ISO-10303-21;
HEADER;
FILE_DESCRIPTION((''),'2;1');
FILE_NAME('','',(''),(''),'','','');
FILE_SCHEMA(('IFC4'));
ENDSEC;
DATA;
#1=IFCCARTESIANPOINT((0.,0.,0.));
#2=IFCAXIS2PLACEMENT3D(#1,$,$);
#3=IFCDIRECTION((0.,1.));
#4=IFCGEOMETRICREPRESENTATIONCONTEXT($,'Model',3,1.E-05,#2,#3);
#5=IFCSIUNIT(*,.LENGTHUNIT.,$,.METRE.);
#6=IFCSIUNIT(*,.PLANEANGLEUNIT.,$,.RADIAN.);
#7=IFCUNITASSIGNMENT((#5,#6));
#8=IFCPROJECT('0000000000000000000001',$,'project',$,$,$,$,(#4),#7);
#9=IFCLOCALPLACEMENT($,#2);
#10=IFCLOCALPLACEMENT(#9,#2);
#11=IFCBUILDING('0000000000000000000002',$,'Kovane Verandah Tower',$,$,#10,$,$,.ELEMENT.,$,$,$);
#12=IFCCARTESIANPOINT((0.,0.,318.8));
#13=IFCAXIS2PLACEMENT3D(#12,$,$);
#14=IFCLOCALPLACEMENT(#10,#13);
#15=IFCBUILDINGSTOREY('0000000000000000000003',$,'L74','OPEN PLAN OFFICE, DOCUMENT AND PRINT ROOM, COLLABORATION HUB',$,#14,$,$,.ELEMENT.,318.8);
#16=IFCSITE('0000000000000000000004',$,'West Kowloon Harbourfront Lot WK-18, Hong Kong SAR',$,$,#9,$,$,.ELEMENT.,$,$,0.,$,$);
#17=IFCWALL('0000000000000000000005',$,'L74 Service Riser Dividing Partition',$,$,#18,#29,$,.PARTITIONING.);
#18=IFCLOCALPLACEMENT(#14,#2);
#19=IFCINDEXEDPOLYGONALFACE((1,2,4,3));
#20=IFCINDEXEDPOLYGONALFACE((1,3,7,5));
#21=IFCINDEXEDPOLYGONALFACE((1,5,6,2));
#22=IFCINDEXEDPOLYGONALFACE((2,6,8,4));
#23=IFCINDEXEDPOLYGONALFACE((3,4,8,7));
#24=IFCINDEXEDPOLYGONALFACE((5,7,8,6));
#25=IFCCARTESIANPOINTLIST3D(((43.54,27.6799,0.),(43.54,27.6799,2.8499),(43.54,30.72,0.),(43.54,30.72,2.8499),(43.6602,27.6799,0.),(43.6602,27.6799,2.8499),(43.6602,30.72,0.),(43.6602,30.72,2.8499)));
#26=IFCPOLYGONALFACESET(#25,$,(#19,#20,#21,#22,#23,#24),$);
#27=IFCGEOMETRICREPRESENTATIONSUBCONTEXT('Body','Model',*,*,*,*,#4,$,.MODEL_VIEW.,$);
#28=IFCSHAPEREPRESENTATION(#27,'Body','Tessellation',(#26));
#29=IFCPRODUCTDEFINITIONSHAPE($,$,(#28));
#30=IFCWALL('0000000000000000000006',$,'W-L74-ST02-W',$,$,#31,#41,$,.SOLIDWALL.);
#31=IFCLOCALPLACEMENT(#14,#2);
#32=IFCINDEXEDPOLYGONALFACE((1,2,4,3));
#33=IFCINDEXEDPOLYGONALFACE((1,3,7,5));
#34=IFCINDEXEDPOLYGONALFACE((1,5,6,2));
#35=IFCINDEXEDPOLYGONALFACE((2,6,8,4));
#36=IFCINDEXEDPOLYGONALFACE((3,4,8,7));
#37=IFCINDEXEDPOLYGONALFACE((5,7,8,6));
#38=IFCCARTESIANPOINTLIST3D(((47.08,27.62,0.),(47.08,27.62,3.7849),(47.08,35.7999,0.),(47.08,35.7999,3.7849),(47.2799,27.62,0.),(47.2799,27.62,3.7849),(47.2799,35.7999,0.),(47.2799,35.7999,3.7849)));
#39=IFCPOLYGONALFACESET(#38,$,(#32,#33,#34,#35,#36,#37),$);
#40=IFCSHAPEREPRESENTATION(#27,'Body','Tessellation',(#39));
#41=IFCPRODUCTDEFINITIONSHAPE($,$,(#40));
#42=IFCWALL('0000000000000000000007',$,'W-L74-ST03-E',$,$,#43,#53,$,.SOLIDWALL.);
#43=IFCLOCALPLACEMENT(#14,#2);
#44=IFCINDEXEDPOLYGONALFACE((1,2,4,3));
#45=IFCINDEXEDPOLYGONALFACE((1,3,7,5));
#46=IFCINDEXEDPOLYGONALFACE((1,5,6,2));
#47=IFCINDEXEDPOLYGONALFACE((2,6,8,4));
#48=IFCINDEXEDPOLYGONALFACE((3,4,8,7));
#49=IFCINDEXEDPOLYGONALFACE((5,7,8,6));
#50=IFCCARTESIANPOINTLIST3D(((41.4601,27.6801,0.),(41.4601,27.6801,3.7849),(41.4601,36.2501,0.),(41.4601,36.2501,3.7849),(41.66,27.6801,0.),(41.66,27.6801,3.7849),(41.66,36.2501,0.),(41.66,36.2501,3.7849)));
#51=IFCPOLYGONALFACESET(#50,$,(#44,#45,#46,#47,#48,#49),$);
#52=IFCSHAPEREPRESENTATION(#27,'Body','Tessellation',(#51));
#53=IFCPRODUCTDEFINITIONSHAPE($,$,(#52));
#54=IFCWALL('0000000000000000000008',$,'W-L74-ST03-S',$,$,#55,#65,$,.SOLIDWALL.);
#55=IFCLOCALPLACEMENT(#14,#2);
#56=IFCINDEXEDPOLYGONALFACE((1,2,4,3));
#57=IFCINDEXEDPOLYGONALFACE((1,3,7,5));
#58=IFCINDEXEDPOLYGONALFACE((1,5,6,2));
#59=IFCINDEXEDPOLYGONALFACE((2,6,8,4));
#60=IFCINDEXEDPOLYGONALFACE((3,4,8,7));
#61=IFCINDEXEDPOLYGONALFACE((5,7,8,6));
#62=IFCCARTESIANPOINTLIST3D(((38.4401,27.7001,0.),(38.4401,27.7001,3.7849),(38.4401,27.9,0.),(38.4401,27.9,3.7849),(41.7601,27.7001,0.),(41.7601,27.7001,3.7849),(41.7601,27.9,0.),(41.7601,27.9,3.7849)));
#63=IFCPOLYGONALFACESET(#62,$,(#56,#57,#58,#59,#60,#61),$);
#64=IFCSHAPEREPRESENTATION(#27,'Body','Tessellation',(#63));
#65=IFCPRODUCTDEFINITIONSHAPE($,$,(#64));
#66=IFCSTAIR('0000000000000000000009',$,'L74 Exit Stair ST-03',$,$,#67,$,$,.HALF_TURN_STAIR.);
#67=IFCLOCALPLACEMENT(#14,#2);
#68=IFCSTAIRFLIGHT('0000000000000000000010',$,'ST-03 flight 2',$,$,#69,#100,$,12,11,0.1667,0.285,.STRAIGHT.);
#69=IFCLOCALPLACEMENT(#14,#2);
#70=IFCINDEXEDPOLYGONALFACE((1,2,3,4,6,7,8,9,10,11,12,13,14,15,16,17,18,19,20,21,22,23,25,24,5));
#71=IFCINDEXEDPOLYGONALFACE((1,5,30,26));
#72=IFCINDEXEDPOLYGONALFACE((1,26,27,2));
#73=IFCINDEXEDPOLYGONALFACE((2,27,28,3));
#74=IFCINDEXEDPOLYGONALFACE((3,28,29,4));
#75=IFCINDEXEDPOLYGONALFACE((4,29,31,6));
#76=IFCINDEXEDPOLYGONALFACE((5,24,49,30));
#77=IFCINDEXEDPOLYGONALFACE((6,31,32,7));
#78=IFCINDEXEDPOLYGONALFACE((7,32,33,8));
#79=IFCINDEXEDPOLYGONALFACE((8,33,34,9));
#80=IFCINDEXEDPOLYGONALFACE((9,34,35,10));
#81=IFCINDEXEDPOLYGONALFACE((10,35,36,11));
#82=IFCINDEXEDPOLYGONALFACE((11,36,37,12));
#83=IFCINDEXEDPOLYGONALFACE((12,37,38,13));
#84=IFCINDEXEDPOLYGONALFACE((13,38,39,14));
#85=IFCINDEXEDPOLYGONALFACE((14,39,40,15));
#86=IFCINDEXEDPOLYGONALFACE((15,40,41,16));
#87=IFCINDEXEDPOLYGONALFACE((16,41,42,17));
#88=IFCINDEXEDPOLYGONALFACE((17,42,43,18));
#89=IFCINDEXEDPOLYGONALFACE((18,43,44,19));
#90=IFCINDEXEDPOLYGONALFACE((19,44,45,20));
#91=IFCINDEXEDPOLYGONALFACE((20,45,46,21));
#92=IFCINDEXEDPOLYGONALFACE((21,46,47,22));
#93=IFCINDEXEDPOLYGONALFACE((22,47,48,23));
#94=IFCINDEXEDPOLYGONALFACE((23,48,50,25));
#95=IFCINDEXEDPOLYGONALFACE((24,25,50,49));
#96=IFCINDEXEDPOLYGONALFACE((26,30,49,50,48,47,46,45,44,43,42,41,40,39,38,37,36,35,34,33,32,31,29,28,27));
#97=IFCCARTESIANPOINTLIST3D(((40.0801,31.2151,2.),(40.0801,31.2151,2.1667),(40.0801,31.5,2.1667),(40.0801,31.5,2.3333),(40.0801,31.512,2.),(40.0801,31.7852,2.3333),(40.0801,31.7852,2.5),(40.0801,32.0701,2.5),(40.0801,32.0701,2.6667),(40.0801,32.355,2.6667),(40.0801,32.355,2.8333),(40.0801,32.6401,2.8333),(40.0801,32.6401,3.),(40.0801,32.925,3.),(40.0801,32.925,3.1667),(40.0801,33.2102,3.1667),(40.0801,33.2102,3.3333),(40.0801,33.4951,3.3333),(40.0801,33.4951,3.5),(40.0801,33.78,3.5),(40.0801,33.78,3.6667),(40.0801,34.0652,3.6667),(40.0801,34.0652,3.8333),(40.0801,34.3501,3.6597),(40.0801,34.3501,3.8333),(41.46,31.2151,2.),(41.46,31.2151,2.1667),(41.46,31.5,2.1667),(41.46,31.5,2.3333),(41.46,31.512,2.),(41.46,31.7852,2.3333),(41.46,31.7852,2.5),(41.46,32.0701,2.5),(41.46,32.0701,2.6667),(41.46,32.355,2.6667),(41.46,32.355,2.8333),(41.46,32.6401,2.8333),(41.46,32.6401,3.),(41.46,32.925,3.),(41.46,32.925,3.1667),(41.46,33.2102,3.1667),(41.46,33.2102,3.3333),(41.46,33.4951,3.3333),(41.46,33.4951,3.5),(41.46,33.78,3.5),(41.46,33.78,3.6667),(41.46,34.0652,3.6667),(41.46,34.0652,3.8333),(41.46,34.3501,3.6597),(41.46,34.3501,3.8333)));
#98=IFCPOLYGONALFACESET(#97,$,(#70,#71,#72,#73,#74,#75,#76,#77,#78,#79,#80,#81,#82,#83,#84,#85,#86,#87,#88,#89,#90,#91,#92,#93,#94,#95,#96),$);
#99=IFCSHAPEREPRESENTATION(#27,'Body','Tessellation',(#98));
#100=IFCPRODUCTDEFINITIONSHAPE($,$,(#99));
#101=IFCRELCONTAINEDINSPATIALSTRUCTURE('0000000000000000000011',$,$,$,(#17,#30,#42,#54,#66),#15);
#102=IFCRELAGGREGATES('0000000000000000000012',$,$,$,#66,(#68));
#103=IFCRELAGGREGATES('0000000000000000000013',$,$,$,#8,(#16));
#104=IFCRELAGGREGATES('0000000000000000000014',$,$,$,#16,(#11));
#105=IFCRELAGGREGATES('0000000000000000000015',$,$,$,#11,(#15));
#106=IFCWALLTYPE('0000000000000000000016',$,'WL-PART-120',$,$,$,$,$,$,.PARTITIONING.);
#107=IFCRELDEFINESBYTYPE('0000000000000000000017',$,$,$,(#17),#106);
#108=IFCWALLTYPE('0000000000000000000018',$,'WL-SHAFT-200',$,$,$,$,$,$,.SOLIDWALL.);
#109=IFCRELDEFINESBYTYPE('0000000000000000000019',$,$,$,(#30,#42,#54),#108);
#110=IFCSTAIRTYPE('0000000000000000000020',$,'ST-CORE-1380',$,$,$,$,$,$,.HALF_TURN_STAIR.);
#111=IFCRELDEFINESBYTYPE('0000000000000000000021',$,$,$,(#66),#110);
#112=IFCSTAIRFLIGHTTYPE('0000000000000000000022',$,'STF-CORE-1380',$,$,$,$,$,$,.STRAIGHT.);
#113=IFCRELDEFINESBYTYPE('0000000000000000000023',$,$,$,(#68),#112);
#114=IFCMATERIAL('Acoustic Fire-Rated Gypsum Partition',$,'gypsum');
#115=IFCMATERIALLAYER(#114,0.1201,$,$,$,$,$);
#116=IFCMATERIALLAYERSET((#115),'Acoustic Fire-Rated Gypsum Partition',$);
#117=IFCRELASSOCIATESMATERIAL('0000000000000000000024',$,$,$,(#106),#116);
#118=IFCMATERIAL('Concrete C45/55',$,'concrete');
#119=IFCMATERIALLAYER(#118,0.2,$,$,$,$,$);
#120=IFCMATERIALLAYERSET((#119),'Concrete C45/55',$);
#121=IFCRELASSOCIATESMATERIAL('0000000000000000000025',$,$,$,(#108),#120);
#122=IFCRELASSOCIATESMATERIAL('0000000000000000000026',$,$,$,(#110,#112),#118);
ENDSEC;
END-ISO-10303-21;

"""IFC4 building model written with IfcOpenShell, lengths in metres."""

from ifc_helpers import new_model, si_unit, direction, frame, frame_2d, origin, place, context, subcontext, project, spatial, polyline, rectangle, outline, extrude, material, layer, layer_set, type_object, element, aggregate, save


model = new_model("IFC4")

# Units and contexts
model_context = context("Model", 3, precision=1e-05, world=origin(), true_north=direction((0.0, 1.0)))
body_context = subcontext(model_context, "Body", "Model", "MODEL_VIEW")
ifc_project = project(units=[si_unit("LENGTHUNIT", "METRE"), si_unit("PLANEANGLEUNIT", "RADIAN")], contexts=[model_context])

# Site, building, storey
site_placement = place(None, origin())
site = spatial("IfcSite", under=ifc_project, at=site_placement, Name="West Kowloon Harbourfront Lot WK-18, Hong Kong SAR", CompositionType="ELEMENT", RefElevation=0.0)
building_placement = place(site_placement, origin())
building = spatial("IfcBuilding", under=site, at=building_placement, Name="Kovane Verandah Tower", CompositionType="ELEMENT")
storey_placement = place(building_placement, frame((0.0, 0.0, 318.8)))
storey = spatial("IfcBuildingStorey", under=building, at=storey_placement, Name="L74", Description="OPEN PLAN OFFICE, DOCUMENT AND PRINT ROOM, COLLABORATION HUB", CompositionType="ELEMENT", Elevation=318.8)

# Walls
ifc_material_1 = material(Name="Acoustic Fire-Rated Gypsum Partition", Category="gypsum")
ifc_layer_1 = layer(ifc_material_1, 0.1201)
ifc_layer_set_1 = layer_set([ifc_layer_1], Name="Acoustic Fire-Rated Gypsum Partition")
wall_type_1 = type_object("IfcWallType", Name="WL-PART-120", PredefinedType="PARTITIONING", material=ifc_layer_set_1)
wall_1_placement = place(storey_placement, frame((43.6001, 27.6799, 0.0), z_axis=(0.0, 0.0, 1.0), x_axis=(0.0, 1.0, 0.0)))
element("IfcWall", 1, at=wall_1_placement, inside=storey, type_object=wall_type_1, Name="L74 Service Riser Dividing Partition", PredefinedType="PARTITIONING", context=body_context, shape_type="SweptSolid", body=[
    extrude(rectangle(XDim=3.04, YDim=0.1201, at=frame_2d((1.52, 0.0))), origin(), (0.0, 0.0, 1.0), 2.8499),
])
ifc_material_2 = material(Name="Concrete C45/55", Category="concrete")
ifc_layer_2 = layer(ifc_material_2, 0.2)
ifc_layer_set_2 = layer_set([ifc_layer_2], Name="Concrete C45/55")
wall_type_2 = type_object("IfcWallType", Name="WL-SHAFT-200", PredefinedType="SOLIDWALL", material=ifc_layer_set_2)
wall_2_placement = place(storey_placement, frame((47.1799, 27.6201, 0.0), z_axis=(0.0, 0.0, 1.0), x_axis=(0.0, 1.0, 0.0)))
element("IfcWall", 2, at=wall_2_placement, inside=storey, type_object=wall_type_2, Name="W-L74-ST02-W", PredefinedType="SOLIDWALL", context=body_context, shape_type="SweptSolid", body=[
    extrude(rectangle(XDim=8.1799, YDim=0.2, at=frame_2d((4.0898, 0.0))), origin(), (0.0, 0.0, 1.0), 3.7849),
])

# Walls
wall_3_placement = place(storey_placement, frame((41.5601, 27.6799, 0.0), z_axis=(0.0, 0.0, 1.0), x_axis=(0.0, 1.0, 0.0)))
element("IfcWall", 3, at=wall_3_placement, inside=storey, type_object=wall_type_2, Name="W-L74-ST03-E", PredefinedType="SOLIDWALL", context=body_context, shape_type="SweptSolid", body=[
    extrude(rectangle(XDim=8.5701, YDim=0.2, at=frame_2d((4.2852, 0.0))), origin(), (0.0, 0.0, 1.0), 3.7849),
])
wall_4_placement = place(storey_placement, frame((38.4399, 27.8, 0.0), z_axis=(0.0, 0.0, 1.0), x_axis=(1.0, 0.0, 0.0)))
element("IfcWall", 4, at=wall_4_placement, inside=storey, type_object=wall_type_2, Name="W-L74-ST03-S", PredefinedType="SOLIDWALL", context=body_context, shape_type="SweptSolid", body=[
    extrude(rectangle(XDim=3.3201, YDim=0.2, at=frame_2d((1.6602, 0.0))), origin(), (0.0, 0.0, 1.0), 3.7849),
])

# Stair, stair flight
stair_type = type_object("IfcStairType", Name="ST-CORE-1380", PredefinedType="HALF_TURN_STAIR", material=ifc_material_2)
stair_placement = place(storey_placement, origin())
stair = element("IfcStair", 5, at=stair_placement, inside=storey, type_object=stair_type, Name="L74 Exit Stair ST-03", PredefinedType="HALF_TURN_STAIR")
stair_flight_type = type_object("IfcStairFlightType", Name="STF-CORE-1380", PredefinedType="STRAIGHT", material=ifc_material_2)
stair_flight_placement = place(storey_placement, frame((40.77, 31.2151, 2.0), z_axis=(0.0, 0.0, 1.0), x_axis=(0.0, 1.0, 0.0)))
stair_flight = element("IfcStairFlight", 6, at=stair_flight_placement, type_object=stair_flight_type, Name="ST-03 flight 2", NumberOfRisers=12, NumberOfTreads=11, PredefinedType="STRAIGHT", RiserHeight=0.1667, TreadLength=0.285, context=body_context, shape_type="SweptSolid", body=[
    extrude(outline(polyline([(0.0, 0.0), (0.0, 0.1667), (0.2849, 0.1667), (0.2849, 0.3333), (0.5701, 0.3333), (0.5701, 0.5), (0.855, 0.5), (0.855, 0.6667), (1.1399, 0.6667), (1.1399, 0.8333), (1.425, 0.8333), (1.425, 1.0), (1.71, 1.0), (1.71, 1.1667), (1.9951, 1.1667), (1.9951, 1.3333), (2.28, 1.3333), (2.28, 1.5), (2.5649, 1.5), (2.5649, 1.6667), (2.8501, 1.6667), (2.8501, 1.8333), (3.135, 1.8333), (3.135, 2.0), (3.135, 1.6597), (0.2969, 0.0), (0.0, 0.0)])), frame((0.0, 0.6899, 0.0), z_axis=(0.0, -1.0, 0.0), x_axis=(1.0, 0.0, 0.0)), (0.0, 0.0, 1.0), 1.3799),
])
aggregate(stair, [stair_flight])

save(model, "model.ifc")
